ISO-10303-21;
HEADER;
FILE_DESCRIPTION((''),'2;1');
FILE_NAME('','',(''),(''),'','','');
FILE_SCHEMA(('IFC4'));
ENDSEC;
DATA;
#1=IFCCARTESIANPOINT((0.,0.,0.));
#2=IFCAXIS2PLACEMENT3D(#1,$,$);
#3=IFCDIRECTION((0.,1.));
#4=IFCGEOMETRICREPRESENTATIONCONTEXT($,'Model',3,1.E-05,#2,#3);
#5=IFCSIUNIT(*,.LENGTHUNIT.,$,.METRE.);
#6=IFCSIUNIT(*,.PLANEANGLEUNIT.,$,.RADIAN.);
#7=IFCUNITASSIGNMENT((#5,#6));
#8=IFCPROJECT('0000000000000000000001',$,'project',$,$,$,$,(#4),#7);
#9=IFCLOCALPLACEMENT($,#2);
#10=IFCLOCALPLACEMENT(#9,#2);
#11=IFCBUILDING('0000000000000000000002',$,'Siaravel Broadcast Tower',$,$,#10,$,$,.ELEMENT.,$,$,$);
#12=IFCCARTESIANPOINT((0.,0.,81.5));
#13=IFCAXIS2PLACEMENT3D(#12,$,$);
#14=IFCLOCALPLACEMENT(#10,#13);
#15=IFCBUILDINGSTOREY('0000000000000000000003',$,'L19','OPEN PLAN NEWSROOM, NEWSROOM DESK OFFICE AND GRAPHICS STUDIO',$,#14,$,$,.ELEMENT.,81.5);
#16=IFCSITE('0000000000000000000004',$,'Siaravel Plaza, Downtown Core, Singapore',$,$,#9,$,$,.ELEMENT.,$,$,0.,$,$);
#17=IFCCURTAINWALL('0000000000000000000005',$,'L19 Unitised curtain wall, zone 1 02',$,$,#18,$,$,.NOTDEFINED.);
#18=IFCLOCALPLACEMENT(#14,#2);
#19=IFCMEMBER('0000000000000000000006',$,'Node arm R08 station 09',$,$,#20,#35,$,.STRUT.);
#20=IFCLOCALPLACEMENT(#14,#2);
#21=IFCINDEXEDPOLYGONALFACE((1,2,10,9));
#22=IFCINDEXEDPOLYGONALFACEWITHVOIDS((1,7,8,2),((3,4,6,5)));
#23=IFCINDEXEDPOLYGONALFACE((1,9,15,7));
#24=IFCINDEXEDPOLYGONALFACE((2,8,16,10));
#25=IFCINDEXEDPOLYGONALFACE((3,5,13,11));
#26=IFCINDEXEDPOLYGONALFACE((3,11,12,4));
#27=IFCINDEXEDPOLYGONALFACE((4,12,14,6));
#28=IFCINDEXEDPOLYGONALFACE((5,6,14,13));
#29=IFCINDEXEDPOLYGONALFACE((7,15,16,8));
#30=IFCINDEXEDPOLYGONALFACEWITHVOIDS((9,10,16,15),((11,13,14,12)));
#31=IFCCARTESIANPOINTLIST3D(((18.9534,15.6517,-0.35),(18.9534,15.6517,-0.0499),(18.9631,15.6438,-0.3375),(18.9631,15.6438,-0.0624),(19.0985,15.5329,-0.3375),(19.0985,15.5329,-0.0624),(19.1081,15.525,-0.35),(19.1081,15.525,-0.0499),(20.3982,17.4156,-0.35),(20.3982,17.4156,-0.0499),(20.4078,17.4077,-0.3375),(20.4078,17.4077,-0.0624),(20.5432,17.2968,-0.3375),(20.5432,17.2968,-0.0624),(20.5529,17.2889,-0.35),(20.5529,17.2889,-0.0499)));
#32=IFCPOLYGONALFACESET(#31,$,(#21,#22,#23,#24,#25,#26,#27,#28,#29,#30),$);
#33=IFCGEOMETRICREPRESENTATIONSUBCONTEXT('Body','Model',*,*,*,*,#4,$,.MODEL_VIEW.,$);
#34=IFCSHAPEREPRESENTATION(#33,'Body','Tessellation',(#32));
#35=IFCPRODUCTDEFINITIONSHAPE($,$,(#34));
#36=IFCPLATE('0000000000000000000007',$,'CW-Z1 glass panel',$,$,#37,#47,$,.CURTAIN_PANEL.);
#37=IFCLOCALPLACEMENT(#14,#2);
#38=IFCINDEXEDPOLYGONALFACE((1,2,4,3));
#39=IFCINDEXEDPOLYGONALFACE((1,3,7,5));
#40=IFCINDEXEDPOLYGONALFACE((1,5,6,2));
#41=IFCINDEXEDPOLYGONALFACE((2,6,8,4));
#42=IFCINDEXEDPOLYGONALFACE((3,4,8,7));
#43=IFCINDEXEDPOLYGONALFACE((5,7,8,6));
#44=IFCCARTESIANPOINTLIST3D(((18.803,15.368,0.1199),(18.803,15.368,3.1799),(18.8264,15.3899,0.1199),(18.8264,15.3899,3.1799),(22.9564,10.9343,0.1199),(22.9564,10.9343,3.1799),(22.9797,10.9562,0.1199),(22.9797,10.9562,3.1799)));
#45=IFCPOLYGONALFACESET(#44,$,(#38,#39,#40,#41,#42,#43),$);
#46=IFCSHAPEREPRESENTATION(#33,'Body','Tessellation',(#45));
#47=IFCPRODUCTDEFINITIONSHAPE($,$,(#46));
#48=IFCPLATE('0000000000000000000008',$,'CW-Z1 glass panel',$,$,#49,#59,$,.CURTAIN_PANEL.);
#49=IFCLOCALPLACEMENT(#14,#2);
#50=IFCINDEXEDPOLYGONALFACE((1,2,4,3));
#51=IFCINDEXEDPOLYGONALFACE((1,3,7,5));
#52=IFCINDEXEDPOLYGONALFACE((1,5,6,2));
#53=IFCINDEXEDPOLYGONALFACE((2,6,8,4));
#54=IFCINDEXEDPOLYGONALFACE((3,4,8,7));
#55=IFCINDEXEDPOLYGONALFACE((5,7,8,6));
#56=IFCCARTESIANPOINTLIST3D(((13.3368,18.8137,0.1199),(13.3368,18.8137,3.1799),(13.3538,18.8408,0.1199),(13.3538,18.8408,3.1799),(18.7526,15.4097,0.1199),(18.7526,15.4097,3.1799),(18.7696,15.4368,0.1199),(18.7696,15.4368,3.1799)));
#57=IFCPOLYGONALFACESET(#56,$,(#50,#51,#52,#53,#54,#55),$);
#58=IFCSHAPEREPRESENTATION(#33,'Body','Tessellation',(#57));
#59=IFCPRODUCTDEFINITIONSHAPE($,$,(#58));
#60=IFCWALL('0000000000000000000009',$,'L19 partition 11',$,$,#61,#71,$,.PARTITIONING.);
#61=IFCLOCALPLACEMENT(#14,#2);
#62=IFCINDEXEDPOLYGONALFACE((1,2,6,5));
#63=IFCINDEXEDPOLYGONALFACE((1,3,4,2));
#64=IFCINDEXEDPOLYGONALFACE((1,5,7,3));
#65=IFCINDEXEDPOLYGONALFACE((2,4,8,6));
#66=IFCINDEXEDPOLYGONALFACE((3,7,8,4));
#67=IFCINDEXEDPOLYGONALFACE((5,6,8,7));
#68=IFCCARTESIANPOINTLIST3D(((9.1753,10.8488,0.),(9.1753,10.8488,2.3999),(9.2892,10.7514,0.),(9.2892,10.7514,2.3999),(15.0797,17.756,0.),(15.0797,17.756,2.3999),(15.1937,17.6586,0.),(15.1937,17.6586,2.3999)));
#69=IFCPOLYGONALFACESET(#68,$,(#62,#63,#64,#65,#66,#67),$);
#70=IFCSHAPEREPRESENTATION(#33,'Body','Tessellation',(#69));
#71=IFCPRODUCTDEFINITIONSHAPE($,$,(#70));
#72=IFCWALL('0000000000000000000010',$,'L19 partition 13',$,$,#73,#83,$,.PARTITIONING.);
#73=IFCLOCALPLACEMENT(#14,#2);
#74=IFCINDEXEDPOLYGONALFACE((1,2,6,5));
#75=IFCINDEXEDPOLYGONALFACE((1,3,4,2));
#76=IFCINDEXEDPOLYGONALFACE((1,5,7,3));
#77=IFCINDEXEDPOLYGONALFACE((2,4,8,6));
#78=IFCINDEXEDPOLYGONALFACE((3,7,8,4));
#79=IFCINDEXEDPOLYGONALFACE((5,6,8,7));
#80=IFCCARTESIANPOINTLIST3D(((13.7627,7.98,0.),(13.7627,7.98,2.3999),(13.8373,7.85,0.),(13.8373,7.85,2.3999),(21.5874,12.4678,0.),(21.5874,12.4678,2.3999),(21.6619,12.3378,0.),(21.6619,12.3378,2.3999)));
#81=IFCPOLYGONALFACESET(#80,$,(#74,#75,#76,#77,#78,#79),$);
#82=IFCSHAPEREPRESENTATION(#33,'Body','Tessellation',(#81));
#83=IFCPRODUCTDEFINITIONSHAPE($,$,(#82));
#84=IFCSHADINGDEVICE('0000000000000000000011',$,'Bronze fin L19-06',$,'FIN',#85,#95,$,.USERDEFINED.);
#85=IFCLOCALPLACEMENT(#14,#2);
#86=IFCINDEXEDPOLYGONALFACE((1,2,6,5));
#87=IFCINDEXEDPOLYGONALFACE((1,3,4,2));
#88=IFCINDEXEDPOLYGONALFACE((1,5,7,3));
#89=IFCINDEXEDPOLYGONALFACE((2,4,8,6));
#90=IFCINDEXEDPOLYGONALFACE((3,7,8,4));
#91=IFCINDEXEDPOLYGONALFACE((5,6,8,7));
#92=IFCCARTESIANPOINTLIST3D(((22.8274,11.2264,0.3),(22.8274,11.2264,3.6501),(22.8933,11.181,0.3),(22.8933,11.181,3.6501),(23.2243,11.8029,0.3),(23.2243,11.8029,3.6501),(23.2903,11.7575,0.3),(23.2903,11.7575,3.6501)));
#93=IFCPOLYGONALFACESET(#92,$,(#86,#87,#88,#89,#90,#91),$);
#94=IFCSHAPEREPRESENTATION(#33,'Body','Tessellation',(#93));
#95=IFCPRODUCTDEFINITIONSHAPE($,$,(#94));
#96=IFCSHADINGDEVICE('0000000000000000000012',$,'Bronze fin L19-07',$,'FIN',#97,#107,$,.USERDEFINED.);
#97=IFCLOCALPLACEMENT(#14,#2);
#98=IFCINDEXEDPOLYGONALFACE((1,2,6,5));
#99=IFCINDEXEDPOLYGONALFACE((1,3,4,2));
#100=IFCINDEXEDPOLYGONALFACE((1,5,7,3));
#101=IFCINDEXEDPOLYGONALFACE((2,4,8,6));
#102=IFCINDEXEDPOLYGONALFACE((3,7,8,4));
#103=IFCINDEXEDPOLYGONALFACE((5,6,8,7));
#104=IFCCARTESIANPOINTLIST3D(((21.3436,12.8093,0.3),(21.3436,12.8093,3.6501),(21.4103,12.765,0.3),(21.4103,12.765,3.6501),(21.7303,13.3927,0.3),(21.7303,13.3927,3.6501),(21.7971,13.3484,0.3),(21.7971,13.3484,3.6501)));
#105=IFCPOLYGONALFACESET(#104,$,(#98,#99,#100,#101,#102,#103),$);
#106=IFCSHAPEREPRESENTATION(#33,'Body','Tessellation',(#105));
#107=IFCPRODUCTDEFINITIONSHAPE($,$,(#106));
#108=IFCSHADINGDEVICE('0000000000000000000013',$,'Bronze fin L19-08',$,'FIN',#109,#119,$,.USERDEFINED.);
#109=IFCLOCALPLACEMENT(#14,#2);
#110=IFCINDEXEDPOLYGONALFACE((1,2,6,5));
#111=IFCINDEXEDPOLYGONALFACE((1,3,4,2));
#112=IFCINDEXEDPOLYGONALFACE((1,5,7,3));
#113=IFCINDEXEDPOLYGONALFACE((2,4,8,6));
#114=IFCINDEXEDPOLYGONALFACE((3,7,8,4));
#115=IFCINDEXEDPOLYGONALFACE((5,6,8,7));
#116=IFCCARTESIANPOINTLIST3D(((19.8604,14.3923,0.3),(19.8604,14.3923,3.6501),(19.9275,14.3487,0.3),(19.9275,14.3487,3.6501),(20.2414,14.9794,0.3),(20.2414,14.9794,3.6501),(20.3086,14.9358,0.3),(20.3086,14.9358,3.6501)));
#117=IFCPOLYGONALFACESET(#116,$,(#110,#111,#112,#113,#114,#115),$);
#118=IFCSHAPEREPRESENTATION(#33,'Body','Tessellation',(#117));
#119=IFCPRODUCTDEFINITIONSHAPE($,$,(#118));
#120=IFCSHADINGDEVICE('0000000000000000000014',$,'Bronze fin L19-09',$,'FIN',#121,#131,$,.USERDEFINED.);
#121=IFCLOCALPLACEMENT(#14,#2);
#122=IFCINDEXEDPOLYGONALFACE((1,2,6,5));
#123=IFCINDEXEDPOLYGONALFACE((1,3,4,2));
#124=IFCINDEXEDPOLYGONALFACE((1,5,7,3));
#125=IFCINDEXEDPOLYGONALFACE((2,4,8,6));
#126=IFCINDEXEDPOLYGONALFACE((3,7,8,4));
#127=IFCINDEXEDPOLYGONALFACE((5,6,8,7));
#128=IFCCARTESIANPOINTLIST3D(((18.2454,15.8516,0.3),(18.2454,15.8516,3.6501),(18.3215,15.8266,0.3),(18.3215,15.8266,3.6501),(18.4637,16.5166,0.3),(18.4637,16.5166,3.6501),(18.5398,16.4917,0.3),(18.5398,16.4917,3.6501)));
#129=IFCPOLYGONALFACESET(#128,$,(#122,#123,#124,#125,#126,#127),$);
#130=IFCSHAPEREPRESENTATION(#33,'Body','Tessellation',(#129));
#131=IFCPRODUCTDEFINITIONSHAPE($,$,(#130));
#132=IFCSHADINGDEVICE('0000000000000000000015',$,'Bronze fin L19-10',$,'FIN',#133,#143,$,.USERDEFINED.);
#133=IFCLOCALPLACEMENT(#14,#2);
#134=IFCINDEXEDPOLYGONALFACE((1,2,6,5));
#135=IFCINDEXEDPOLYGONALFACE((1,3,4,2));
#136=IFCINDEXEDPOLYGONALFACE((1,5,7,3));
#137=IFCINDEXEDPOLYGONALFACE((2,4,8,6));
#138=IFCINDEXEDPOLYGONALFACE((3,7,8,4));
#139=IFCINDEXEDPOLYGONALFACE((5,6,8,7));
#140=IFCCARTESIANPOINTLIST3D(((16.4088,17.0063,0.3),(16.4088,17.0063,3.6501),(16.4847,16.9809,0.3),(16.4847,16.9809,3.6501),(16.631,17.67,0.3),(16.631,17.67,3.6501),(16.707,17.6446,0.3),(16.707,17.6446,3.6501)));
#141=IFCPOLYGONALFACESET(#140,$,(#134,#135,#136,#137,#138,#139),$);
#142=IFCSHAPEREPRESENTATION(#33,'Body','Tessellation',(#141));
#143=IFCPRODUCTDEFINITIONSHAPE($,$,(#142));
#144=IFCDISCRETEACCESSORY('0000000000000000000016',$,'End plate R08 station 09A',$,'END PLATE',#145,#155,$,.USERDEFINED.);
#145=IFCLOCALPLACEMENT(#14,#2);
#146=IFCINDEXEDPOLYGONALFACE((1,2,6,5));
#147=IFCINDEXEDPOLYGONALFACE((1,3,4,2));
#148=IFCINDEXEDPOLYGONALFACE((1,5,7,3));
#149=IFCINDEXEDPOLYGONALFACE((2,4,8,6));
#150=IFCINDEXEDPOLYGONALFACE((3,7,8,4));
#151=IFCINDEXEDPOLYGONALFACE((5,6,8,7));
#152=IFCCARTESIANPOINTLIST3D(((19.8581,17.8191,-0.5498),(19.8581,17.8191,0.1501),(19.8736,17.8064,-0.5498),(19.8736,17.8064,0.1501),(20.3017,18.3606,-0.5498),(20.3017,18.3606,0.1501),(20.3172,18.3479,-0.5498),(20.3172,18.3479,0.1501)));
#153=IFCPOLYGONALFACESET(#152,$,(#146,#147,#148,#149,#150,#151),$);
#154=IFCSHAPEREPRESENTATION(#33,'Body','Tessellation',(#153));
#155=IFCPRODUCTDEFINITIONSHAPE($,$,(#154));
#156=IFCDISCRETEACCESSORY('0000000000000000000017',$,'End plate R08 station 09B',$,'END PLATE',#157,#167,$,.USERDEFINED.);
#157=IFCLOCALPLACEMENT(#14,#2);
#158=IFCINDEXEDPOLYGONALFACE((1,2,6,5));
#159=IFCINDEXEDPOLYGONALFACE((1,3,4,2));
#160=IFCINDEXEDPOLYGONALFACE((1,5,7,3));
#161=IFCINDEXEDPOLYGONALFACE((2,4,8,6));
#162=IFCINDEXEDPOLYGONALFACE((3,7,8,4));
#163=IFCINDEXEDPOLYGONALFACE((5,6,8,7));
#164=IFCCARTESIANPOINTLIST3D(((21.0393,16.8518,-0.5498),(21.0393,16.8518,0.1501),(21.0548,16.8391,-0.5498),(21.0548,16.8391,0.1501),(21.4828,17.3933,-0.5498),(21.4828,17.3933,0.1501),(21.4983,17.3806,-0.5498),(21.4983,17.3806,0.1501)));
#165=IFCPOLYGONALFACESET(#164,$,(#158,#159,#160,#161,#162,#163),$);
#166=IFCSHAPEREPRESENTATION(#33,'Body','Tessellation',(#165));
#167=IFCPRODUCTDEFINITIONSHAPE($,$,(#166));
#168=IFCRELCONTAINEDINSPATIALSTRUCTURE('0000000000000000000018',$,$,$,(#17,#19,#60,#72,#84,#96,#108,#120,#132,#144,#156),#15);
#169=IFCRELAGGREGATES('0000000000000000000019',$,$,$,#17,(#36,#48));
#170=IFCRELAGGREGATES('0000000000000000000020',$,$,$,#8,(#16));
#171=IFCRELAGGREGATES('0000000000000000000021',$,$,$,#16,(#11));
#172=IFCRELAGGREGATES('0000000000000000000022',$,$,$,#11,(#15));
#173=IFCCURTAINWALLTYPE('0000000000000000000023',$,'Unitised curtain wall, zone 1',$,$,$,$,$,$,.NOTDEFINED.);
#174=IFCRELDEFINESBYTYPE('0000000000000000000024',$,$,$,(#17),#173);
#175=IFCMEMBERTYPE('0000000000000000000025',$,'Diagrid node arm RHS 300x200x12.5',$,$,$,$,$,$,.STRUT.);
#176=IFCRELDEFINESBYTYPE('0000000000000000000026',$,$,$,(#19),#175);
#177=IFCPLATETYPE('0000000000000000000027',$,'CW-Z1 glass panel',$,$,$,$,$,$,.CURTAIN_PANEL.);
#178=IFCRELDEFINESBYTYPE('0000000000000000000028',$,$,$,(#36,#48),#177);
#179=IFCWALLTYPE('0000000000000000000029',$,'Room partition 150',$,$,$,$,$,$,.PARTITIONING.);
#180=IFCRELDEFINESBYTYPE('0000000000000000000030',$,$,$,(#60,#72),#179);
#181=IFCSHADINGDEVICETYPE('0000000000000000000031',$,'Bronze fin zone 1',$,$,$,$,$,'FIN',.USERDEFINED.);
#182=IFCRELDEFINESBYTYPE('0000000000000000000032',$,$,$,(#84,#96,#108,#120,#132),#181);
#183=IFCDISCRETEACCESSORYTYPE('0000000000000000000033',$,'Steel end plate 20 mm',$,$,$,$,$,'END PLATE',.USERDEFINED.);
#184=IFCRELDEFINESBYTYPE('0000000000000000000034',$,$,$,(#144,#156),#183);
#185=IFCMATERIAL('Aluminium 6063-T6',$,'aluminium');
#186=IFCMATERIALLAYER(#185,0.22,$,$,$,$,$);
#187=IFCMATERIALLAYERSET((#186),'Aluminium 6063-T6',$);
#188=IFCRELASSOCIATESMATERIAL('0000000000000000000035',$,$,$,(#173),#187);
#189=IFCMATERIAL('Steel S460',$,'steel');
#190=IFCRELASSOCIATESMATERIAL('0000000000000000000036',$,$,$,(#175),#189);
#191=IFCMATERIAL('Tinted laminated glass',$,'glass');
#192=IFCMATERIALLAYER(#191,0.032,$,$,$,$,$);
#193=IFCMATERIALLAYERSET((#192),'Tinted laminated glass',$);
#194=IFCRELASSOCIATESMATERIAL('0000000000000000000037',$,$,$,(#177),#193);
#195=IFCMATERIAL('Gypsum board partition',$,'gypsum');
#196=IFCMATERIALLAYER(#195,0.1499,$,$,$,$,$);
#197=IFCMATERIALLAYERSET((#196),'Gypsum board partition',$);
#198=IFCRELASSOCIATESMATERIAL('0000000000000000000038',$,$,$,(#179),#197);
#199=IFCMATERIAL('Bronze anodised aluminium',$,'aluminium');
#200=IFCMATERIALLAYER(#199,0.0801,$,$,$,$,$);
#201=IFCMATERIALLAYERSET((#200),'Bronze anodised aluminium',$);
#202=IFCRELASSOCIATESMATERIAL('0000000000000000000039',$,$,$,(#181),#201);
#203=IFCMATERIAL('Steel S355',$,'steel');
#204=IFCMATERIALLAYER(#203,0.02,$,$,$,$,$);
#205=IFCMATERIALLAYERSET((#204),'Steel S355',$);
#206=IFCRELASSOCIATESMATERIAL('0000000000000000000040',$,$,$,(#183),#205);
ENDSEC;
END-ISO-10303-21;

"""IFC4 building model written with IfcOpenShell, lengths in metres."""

from ifc_helpers import new_model, si_unit, direction, frame, frame_2d, origin, origin_2d, place, context, subcontext, project, spatial, rectangle, hollow_rectangle, extrude, material, layer, layer_set, material_profile, profile_set, type_object, element, aggregate, save


model = new_model("IFC4")

# Units and contexts
model_context = context("Model", 3, precision=1e-05, world=origin(), true_north=direction((0.0, 1.0)))
body_context = subcontext(model_context, "Body", "Model", "MODEL_VIEW")
ifc_project = project(units=[si_unit("LENGTHUNIT", "METRE"), si_unit("PLANEANGLEUNIT", "RADIAN")], contexts=[model_context])

# Site, building, storey
site_placement = place(None, origin())
site = spatial("IfcSite", under=ifc_project, at=site_placement, Name="Siaravel Plaza, Downtown Core, Singapore", CompositionType="ELEMENT", RefElevation=0.0)
building_placement = place(site_placement, origin())
building = spatial("IfcBuilding", under=site, at=building_placement, Name="Siaravel Broadcast Tower", CompositionType="ELEMENT")
storey_placement = place(building_placement, frame((0.0, 0.0, 81.5)))
storey = spatial("IfcBuildingStorey", under=building, at=storey_placement, Name="L19", Description="OPEN PLAN NEWSROOM, NEWSROOM DESK OFFICE AND GRAPHICS STUDIO", CompositionType="ELEMENT", Elevation=81.5)

# Shared definitions
ifc_material_1 = material(Name="Steel S355", Category="steel")

# Shared definitions
ifc_material_2 = material(Name="Aluminium 6063-T6", Category="aluminium")
ifc_layer_1 = layer(ifc_material_2, 0.22)
ifc_layer_set_1 = layer_set([ifc_layer_1], Name="Aluminium 6063-T6")
curtain_wall_type = type_object("IfcCurtainWallType", Name="Unitised curtain wall, zone 1", PredefinedType="NOTDEFINED", material=ifc_layer_set_1)

# Curtain wall
curtain_wall_1_placement = place(storey_placement, origin())
curtain_wall_1 = element("IfcCurtainWall", 1, at=curtain_wall_1_placement, inside=storey, type_object=curtain_wall_type, Name="L19 Unitised curtain wall, zone 1 02", PredefinedType="NOTDEFINED")

# Member
ifc_material_3 = material(Name="Steel S460", Category="steel")
ifc_material_profile_1 = material_profile(ifc_material_3, hollow_rectangle(XDim=0.2, YDim=0.3, WallThickness=0.0125, at=origin_2d()))
ifc_profile_set_1 = profile_set([ifc_material_profile_1], Name="Steel S460")
member_type_1 = type_object("IfcMemberType", Name="Diagrid node arm RHS 300x200x12.5", PredefinedType="STRUT", material=ifc_profile_set_1)
member_1_placement = place(storey_placement, frame((19.0308, 15.5884, -0.2), z_axis=(0.633663, 0.773609, 0.0), x_axis=(-0.773609, 0.633663, 0.0)))
element("IfcMember", 2, at=member_1_placement, inside=storey, type_object=member_type_1, Name="Node arm R08 station 09", PredefinedType="STRUT", context=body_context, shape_type="SweptSolid", body=[
    extrude(hollow_rectangle(XDim=0.2, YDim=0.3, WallThickness=0.0125, at=origin_2d()), origin(), (0.0, 0.0, 1.0), 2.28),
])

# Plates
ifc_material_4 = material(Name="Tinted laminated glass", Category="glass")
ifc_layer_2 = layer(ifc_material_4, 0.032)
ifc_layer_set_2 = layer_set([ifc_layer_2], Name="Tinted laminated glass")
plate_type = type_object("IfcPlateType", Name="CW-Z1 glass panel", PredefinedType="CURTAIN_PANEL", material=ifc_layer_set_2)
plate_1_placement = place(storey_placement, frame((20.8914, 13.1621, 0.1199), z_axis=(0.0, 0.0, 1.0), x_axis=(-0.683655, 0.729806, 0.0)))
plate_1 = element("IfcPlate", 3, at=plate_1_placement, type_object=plate_type, Name="CW-Z1 glass panel", PredefinedType="CURTAIN_PANEL", context=body_context, shape_type="SweptSolid", body=[
    extrude(rectangle(XDim=6.0752, YDim=0.032, at=origin_2d()), origin(), (0.0, 0.0, 1.0), 3.0601),
])
plate_2_placement = place(storey_placement, frame((16.0532, 17.1252, 0.1199), z_axis=(0.0, 0.0, 1.0), x_axis=(-0.84665, 0.53215, 0.0)))
plate_2 = element("IfcPlate", 4, at=plate_2_placement, type_object=plate_type, Name="CW-Z1 glass panel", PredefinedType="CURTAIN_PANEL", context=body_context, shape_type="SweptSolid", body=[
    extrude(rectangle(XDim=6.3967, YDim=0.032, at=origin_2d()), origin(), (0.0, 0.0, 1.0), 3.0601),
])
aggregate(curtain_wall_1, [plate_1, plate_2])

# Walls
ifc_material_5 = material(Name="Gypsum board partition", Category="gypsum")
ifc_layer_3 = layer(ifc_material_5, 0.1499)
ifc_layer_set_3 = layer_set([ifc_layer_3], Name="Gypsum board partition")
wall_type = type_object("IfcWallType", Name="Room partition 150", PredefinedType="PARTITIONING", material=ifc_layer_set_3)
wall_1_placement = place(storey_placement, frame((15.1367, 17.7073, 0.0), z_axis=(0.0, 0.0, 1.0), x_axis=(-0.64978, -0.760123, 0.0)))
element("IfcWall", 5, at=wall_1_placement, inside=storey, type_object=wall_type, Name="L19 partition 11", PredefinedType="PARTITIONING", context=body_context, shape_type="SweptSolid", body=[
    extrude(rectangle(XDim=9.0869, YDim=0.1499, at=frame_2d((4.5435, 0.0))), origin(), (0.0, 0.0, 1.0), 2.3999),
])
wall_2_placement = place(storey_placement, frame((21.6248, 12.4028, 0.0), z_axis=(0.0, 0.0, 1.0), x_axis=(-0.867453, -0.49752, 0.0)))
element("IfcWall", 6, at=wall_2_placement, inside=storey, type_object=wall_type, Name="L19 partition 13", PredefinedType="PARTITIONING", context=body_context, shape_type="SweptSolid", body=[
    extrude(rectangle(XDim=9.0203, YDim=0.1499, at=frame_2d((4.5103, 0.0))), origin(), (0.0, 0.0, 1.0), 2.3999),
])

# Shading devices
ifc_material_6 = material(Name="Bronze anodised aluminium", Category="aluminium")
ifc_layer_4 = layer(ifc_material_6, 0.0801)
ifc_layer_set_4 = layer_set([ifc_layer_4], Name="Bronze anodised aluminium")
shading_device_type = type_object("IfcShadingDeviceType", Name="Bronze fin zone 1", ElementType="FIN", PredefinedType="USERDEFINED", material=ifc_layer_set_4)
for number, where, z_axis, x_axis, name in (
    (7, (23.0588, 11.4919, 0.3), (0.0, 0.0, 1.0), (0.567128, 0.82363, 0.0), "Bronze fin L19-06"),
    (8, (21.5703, 13.0789, 0.3), (0.0, 0.0, 1.0), (0.552551, 0.833479, 0.0), "Bronze fin L19-07"),
    (9, (20.0845, 14.6641, 0.3), (0.0, 0.0, 1.0), (0.544374, 0.838843, 0.0), "Bronze fin L19-08"),
    (10, (18.3926, 16.1716, 0.3), (0.0, 0.0, 1.0), (0.311852, 0.950131, 0.0), "Bronze fin L19-09"),
    (11, (16.5579, 17.3254, 0.3), (0.0, 0.0, 1.0), (0.31755, 0.948242, 0.0), "Bronze fin L19-10"),
):
    element("IfcShadingDevice", number, at=place(storey_placement, frame(where, z_axis=z_axis, x_axis=x_axis)), inside=storey, type_object=shading_device_type, Name=name, ObjectType="FIN", PredefinedType="USERDEFINED", context=body_context, shape_type="SweptSolid", body=[
        extrude(rectangle(XDim=0.7, YDim=0.0801, at=origin_2d()), origin(), (0.0, 0.0, 1.0), 3.3501),
    ])

# Discrete accessories
ifc_layer_5 = layer(ifc_material_1, 0.02)
ifc_layer_set_5 = layer_set([ifc_layer_5], Name="Steel S355")
discrete_accessory_type = type_object("IfcDiscreteAccessoryType", Name="Steel end plate 20 mm", ElementType="END PLATE", PredefinedType="USERDEFINED", material=ifc_layer_set_5)
for number, where, z_axis, x_axis, name in (
    (12, (20.0876, 18.0835, -0.5498), (0.0, 0.0, 1.0), (-0.773604, 0.63367, 0.0), "End plate R08 station 09A"),
    (13, (21.2688, 17.1162, -0.5498), (0.0, 0.0, 1.0), (-0.773604, 0.63367, 0.0), "End plate R08 station 09B"),
):
    element("IfcDiscreteAccessory", number, at=place(storey_placement, frame(where, z_axis=z_axis, x_axis=x_axis)), inside=storey, type_object=discrete_accessory_type, Name=name, ObjectType="END PLATE", PredefinedType="USERDEFINED", context=body_context, shape_type="SweptSolid", body=[
        extrude(rectangle(XDim=0.02, YDim=0.7, at=origin_2d()), origin(), (0.0, 0.0, 1.0), 0.7),
    ])

save(model, "model.ifc")
